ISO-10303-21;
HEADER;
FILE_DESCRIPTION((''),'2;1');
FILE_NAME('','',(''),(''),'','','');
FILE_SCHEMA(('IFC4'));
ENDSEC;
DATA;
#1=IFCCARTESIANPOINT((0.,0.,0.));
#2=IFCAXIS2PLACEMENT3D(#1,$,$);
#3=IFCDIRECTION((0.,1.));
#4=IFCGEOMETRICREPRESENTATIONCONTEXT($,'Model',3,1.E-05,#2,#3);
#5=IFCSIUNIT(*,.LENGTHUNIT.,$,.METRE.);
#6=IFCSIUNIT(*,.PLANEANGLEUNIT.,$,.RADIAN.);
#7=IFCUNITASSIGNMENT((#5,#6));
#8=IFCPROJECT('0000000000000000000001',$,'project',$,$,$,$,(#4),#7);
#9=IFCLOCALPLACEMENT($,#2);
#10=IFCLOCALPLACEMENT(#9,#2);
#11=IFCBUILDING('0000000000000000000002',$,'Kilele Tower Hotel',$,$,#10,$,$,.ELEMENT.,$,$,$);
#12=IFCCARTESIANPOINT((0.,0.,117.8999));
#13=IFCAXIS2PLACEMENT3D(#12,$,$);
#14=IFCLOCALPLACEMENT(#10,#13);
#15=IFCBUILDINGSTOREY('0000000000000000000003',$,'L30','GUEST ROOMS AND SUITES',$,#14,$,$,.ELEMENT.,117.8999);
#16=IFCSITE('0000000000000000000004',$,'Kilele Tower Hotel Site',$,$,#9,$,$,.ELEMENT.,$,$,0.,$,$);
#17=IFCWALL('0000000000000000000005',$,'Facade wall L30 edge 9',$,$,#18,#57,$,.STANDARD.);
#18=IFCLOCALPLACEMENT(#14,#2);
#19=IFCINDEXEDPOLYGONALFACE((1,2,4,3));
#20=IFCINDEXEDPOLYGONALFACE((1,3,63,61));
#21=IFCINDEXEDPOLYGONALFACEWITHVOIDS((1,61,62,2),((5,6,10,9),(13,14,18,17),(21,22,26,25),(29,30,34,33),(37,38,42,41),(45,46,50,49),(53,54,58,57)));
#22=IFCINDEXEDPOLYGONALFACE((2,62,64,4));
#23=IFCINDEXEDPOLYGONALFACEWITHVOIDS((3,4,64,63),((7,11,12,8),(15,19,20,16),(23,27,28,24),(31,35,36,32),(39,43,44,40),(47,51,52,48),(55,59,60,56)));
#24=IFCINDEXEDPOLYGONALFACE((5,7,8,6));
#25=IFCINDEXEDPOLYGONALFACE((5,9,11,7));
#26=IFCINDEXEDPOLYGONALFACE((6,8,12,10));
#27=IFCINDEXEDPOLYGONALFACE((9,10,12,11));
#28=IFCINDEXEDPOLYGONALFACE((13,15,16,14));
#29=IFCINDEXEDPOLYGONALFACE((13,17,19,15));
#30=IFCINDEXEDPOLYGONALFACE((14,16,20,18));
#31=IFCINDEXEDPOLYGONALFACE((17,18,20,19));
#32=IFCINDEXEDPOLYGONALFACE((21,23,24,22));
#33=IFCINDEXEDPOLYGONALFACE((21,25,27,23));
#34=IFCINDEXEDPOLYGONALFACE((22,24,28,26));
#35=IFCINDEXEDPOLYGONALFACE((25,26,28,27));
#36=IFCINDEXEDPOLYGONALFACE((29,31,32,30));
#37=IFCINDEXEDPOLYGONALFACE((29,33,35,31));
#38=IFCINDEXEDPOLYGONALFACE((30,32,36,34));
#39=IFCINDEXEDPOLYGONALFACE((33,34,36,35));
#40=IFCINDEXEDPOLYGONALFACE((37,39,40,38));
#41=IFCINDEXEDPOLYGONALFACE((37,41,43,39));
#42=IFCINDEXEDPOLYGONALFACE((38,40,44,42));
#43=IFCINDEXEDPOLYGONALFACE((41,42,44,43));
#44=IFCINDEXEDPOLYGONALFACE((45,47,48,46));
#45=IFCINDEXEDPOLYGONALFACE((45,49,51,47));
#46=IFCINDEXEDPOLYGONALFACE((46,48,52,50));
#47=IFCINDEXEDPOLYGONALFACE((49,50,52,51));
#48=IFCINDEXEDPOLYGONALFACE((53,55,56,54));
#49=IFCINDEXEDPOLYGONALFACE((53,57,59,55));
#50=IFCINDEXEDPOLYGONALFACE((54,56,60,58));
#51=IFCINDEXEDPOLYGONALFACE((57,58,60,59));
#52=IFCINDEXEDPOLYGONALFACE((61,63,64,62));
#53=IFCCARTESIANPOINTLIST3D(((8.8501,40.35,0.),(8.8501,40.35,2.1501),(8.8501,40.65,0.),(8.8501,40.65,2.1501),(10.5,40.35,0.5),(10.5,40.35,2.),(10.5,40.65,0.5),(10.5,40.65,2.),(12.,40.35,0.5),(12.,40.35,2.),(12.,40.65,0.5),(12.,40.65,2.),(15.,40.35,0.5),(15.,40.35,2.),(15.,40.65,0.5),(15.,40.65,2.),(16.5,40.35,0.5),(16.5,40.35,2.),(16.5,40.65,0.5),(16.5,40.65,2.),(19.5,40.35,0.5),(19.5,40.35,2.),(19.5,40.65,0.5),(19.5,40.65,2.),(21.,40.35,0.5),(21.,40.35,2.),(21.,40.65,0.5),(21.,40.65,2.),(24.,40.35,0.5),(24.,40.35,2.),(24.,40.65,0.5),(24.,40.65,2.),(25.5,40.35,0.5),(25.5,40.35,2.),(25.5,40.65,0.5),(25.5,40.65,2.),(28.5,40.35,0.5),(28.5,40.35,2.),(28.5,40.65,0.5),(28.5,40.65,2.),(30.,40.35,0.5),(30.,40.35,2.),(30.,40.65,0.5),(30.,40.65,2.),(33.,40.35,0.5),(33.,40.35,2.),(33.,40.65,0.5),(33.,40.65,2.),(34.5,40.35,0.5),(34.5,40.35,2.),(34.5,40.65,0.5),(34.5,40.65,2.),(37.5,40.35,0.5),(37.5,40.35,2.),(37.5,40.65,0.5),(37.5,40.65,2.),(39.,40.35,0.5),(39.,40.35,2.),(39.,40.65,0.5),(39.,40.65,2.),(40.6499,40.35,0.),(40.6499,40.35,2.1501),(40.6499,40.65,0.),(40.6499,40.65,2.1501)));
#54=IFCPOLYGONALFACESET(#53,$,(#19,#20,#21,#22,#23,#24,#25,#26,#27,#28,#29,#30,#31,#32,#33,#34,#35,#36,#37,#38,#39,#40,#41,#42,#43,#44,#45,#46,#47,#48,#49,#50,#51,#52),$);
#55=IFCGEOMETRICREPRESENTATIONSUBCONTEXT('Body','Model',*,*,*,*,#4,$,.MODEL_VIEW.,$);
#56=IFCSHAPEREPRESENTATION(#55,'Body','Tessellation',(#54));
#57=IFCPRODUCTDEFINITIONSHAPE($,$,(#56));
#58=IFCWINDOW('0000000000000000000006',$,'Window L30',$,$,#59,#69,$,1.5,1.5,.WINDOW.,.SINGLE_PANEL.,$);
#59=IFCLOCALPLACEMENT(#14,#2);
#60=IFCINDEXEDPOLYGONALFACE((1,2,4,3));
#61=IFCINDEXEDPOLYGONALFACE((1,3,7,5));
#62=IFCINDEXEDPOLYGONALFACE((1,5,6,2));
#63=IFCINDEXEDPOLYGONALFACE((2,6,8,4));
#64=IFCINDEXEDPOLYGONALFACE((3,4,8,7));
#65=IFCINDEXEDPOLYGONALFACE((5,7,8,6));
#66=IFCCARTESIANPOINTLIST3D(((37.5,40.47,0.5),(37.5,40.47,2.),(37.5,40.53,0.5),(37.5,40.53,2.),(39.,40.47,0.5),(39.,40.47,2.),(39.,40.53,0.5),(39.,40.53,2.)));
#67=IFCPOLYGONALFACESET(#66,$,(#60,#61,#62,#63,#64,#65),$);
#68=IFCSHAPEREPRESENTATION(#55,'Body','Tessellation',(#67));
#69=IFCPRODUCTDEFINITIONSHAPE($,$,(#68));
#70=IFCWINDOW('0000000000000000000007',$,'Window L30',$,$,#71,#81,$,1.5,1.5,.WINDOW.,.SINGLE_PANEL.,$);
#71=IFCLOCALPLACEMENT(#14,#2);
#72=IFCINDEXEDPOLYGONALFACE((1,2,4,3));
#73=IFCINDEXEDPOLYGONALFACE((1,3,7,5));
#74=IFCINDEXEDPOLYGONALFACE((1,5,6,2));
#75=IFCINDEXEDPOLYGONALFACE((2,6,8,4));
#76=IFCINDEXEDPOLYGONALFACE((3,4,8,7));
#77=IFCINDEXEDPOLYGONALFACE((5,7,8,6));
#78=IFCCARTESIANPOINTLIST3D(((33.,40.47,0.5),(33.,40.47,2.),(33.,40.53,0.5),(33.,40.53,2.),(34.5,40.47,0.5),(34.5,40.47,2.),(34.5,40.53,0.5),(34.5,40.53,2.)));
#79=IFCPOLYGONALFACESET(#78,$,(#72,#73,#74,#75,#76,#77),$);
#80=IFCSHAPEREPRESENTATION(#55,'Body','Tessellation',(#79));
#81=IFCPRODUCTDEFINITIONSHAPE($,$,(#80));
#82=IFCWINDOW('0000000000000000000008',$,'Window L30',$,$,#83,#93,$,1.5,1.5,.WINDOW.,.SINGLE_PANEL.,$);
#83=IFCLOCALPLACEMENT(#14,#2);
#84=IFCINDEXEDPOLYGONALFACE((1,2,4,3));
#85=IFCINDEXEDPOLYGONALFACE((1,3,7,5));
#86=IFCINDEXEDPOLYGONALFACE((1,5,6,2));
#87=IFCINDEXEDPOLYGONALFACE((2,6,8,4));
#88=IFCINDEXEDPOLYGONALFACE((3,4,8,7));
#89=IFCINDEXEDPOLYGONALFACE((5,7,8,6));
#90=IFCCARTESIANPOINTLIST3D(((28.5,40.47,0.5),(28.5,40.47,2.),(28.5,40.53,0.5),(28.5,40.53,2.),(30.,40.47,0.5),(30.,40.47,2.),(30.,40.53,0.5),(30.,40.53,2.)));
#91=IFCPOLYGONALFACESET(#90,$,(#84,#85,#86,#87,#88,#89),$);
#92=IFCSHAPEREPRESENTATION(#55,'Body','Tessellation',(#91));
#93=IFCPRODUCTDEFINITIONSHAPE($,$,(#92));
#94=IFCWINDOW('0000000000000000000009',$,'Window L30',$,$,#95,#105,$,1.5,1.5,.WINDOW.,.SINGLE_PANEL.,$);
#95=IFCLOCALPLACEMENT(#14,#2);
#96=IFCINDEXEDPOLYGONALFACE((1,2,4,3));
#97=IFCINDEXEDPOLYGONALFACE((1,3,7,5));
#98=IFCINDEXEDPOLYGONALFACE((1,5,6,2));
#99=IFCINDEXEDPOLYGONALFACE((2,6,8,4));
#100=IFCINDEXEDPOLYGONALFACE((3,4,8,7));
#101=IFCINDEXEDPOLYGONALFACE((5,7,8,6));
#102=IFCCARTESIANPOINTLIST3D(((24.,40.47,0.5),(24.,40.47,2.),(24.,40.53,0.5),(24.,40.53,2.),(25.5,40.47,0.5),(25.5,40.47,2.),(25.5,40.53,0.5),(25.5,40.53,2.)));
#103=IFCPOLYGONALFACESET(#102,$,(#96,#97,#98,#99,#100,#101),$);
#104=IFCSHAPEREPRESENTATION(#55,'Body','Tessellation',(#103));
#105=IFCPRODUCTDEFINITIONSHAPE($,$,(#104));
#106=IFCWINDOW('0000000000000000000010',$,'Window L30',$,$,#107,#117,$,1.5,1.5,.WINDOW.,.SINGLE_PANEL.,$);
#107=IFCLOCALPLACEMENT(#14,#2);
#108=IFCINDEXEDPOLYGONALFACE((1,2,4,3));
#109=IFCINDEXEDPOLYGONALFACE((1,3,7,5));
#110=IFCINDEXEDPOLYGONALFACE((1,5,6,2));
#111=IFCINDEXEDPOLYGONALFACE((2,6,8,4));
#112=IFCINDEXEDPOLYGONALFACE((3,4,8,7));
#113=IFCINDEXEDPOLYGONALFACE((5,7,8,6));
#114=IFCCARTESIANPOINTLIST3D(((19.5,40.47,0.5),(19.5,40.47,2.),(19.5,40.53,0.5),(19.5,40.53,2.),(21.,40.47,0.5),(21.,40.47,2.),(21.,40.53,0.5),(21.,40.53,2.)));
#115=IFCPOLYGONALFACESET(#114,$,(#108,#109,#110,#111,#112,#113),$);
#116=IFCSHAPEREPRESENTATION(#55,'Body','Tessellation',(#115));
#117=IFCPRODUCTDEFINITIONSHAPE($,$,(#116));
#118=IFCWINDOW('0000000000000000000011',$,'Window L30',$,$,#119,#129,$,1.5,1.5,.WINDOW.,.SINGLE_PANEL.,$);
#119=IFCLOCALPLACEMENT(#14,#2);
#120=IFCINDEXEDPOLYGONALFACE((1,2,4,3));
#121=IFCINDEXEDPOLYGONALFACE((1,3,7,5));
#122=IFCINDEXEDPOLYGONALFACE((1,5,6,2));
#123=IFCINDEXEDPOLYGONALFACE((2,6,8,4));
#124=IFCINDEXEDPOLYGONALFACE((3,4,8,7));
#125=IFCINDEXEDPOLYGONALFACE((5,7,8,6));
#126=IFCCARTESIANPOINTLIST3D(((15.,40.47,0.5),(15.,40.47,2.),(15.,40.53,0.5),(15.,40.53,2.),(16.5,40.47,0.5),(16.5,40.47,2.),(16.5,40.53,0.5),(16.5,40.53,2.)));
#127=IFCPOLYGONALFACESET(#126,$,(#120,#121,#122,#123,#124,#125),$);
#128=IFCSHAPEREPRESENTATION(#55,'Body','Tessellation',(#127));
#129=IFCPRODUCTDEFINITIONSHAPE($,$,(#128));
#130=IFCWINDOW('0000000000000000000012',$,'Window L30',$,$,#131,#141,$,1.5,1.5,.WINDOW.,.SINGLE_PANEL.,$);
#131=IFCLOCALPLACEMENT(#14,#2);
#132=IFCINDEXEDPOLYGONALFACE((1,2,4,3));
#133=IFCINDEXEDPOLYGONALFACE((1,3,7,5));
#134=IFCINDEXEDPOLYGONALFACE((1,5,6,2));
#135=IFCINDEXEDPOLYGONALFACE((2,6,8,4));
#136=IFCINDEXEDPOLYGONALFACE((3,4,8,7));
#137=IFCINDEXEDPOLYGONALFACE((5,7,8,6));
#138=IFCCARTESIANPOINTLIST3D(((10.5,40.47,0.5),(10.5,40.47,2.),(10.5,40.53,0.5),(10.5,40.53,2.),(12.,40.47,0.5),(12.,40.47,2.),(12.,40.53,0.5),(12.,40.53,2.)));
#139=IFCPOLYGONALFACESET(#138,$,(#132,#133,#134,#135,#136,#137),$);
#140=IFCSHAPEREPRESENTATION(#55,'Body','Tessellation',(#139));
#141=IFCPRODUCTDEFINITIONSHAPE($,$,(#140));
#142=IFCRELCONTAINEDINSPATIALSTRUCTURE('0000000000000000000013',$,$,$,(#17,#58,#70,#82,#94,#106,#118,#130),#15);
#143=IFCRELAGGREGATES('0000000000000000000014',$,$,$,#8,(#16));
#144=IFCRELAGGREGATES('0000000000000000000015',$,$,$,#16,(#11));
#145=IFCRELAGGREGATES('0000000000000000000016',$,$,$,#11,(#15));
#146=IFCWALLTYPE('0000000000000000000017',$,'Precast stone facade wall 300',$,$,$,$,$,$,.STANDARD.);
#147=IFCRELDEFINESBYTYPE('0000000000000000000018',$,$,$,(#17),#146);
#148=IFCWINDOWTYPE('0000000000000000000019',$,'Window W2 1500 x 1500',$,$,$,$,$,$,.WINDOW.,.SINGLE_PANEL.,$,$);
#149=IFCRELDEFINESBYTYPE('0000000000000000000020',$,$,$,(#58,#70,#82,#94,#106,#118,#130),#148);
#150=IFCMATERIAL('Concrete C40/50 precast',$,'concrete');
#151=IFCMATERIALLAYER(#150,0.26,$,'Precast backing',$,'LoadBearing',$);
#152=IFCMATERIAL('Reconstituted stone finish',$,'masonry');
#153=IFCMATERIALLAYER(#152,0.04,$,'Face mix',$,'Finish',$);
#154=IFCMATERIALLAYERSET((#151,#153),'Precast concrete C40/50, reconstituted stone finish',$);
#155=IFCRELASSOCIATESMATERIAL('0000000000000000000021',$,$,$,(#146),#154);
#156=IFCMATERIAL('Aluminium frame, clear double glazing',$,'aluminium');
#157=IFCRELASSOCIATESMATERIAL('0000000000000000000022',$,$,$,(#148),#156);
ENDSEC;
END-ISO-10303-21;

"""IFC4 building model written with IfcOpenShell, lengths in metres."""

from ifc_helpers import new_model, si_unit, direction, frame, frame_2d, origin, place, context, subcontext, project, spatial, rectangle, extrude, material, layer, layer_set, type_object, element, fill, save


model = new_model("IFC4")

# Units and contexts
model_context = context("Model", 3, precision=1e-05, world=origin(), true_north=direction((0.0, 1.0)))
body_context = subcontext(model_context, "Body", "Model", "MODEL_VIEW")
ifc_project = project(units=[si_unit("LENGTHUNIT", "METRE"), si_unit("PLANEANGLEUNIT", "RADIAN")], contexts=[model_context])

# Site, building, storey
site_placement = place(None, origin())
site = spatial("IfcSite", under=ifc_project, at=site_placement, Name="Kilele Tower Hotel Site", CompositionType="ELEMENT", RefElevation=0.0)
building_placement = place(site_placement, origin())
building = spatial("IfcBuilding", under=site, at=building_placement, Name="Kilele Tower Hotel", CompositionType="ELEMENT")
storey_placement = place(building_placement, frame((0.0, 0.0, 117.8999)))
storey = spatial("IfcBuildingStorey", under=building, at=storey_placement, Name="L30", Description="GUEST ROOMS AND SUITES", CompositionType="ELEMENT", Elevation=117.8999)

# Shared definitions
ifc_material_1 = material(Name="Concrete C40/50 precast", Category="concrete")
ifc_layer_1 = layer(ifc_material_1, 0.26, Name="Precast backing", Category="LoadBearing")
ifc_material_2 = material(Name="Reconstituted stone finish", Category="masonry")
ifc_layer_2 = layer(ifc_material_2, 0.04, Name="Face mix", Category="Finish")
ifc_layer_set_1 = layer_set([ifc_layer_1, ifc_layer_2], Name="Precast concrete C40/50, reconstituted stone finish")
wall_type_1 = type_object("IfcWallType", Name="Precast stone facade wall 300", PredefinedType="STANDARD", material=ifc_layer_set_1)
ifc_material_3 = material(Name="Aluminium frame, clear double glazing", Category="aluminium")
window_type_1 = type_object("IfcWindowType", Name="Window W2 1500 x 1500", PartitioningType="SINGLE_PANEL", PredefinedType="WINDOW", material=ifc_material_3)

# Wall, openings, windows
wall_1_placement = place(storey_placement, frame((40.6499, 40.5, 0.0), z_axis=(0.0, 0.0, 1.0), x_axis=(-1.0, 0.0, 0.0)))
wall_1 = element("IfcWall", 1, at=wall_1_placement, inside=storey, type_object=wall_type_1, Name="Facade wall L30 edge 9", PredefinedType="STANDARD", context=body_context, shape_type="SweptSolid", body=[
    extrude(rectangle(XDim=31.7998, YDim=0.3, at=frame_2d((15.8999, 0.0))), origin(), (0.0, 0.0, 1.0), 2.1501),
])
opening_1_placement = place(wall_1_placement, frame((1.6499, 0.0, 0.5)))
opening_1 = element("IfcOpeningElement", 2, at=opening_1_placement, cuts=wall_1, PredefinedType="OPENING", context=body_context, shape_type="SweptSolid", body=[
    extrude(rectangle(XDim=1.5, YDim=1.5, at=frame_2d((0.75, 0.75))), frame((0.0, 0.1599, 0.0), z_axis=(0.0, -1.0, 0.0), x_axis=(1.0, 0.0, 0.0)), (0.0, 0.0, 1.0), 0.3201),
])
opening_2_placement = place(wall_1_placement, frame((6.1499, 0.0, 0.5)))
opening_2 = element("IfcOpeningElement", 3, at=opening_2_placement, cuts=wall_1, PredefinedType="OPENING", context=body_context, shape_type="SweptSolid", body=[
    extrude(rectangle(XDim=1.5, YDim=1.5, at=frame_2d((0.75, 0.75))), frame((0.0, 0.1599, 0.0), z_axis=(0.0, -1.0, 0.0), x_axis=(1.0, 0.0, 0.0)), (0.0, 0.0, 1.0), 0.3201),
])
opening_3_placement = place(wall_1_placement, frame((10.6499, 0.0, 0.5)))
opening_3 = element("IfcOpeningElement", 4, at=opening_3_placement, cuts=wall_1, PredefinedType="OPENING", context=body_context, shape_type="SweptSolid", body=[
    extrude(rectangle(XDim=1.5, YDim=1.5, at=frame_2d((0.75, 0.75))), frame((0.0, 0.1599, 0.0), z_axis=(0.0, -1.0, 0.0), x_axis=(1.0, 0.0, 0.0)), (0.0, 0.0, 1.0), 0.3201),
])
opening_4_placement = place(wall_1_placement, frame((15.1499, 0.0, 0.5)))
opening_4 = element("IfcOpeningElement", 5, at=opening_4_placement, cuts=wall_1, PredefinedType="OPENING", context=body_context, shape_type="SweptSolid", body=[
    extrude(rectangle(XDim=1.5, YDim=1.5, at=frame_2d((0.75, 0.75))), frame((0.0, 0.1599, 0.0), z_axis=(0.0, -1.0, 0.0), x_axis=(1.0, 0.0, 0.0)), (0.0, 0.0, 1.0), 0.3201),
])
opening_5_placement = place(wall_1_placement, frame((19.6499, 0.0, 0.5)))
opening_5 = element("IfcOpeningElement", 6, at=opening_5_placement, cuts=wall_1, PredefinedType="OPENING", context=body_context, shape_type="SweptSolid", body=[
    extrude(rectangle(XDim=1.5, YDim=1.5, at=frame_2d((0.75, 0.75))), frame((0.0, 0.1599, 0.0), z_axis=(0.0, -1.0, 0.0), x_axis=(1.0, 0.0, 0.0)), (0.0, 0.0, 1.0), 0.3201),
])
opening_6_placement = place(wall_1_placement, frame((24.1499, 0.0, 0.5)))
opening_6 = element("IfcOpeningElement", 7, at=opening_6_placement, cuts=wall_1, PredefinedType="OPENING", context=body_context, shape_type="SweptSolid", body=[
    extrude(rectangle(XDim=1.5, YDim=1.5, at=frame_2d((0.75, 0.75))), frame((0.0, 0.1599, 0.0), z_axis=(0.0, -1.0, 0.0), x_axis=(1.0, 0.0, 0.0)), (0.0, 0.0, 1.0), 0.3201),
])
opening_7_placement = place(wall_1_placement, frame((28.6499, 0.0, 0.5)))
opening_7 = element("IfcOpeningElement", 8, at=opening_7_placement, cuts=wall_1, PredefinedType="OPENING", context=body_context, shape_type="SweptSolid", body=[
    extrude(rectangle(XDim=1.5, YDim=1.5, at=frame_2d((0.75, 0.75))), frame((0.0, 0.1599, 0.0), z_axis=(0.0, -1.0, 0.0), x_axis=(1.0, 0.0, 0.0)), (0.0, 0.0, 1.0), 0.3201),
])
window_1_placement = place(opening_1_placement, origin())
window_1 = element("IfcWindow", 9, at=window_1_placement, inside=storey, type_object=window_type_1, Name="Window L30", OverallHeight=1.5, OverallWidth=1.5, PartitioningType="SINGLE_PANEL", PredefinedType="WINDOW", context=body_context, shape_type="SweptSolid", body=[
    extrude(rectangle(XDim=1.5, YDim=1.5, at=frame_2d((0.75, 0.75))), frame((0.0, 0.03, 0.0), z_axis=(0.0, -1.0, 0.0), x_axis=(1.0, 0.0, 0.0)), (0.0, 0.0, 1.0), 0.0601),
])
fill(opening_1, window_1)
window_2_placement = place(opening_2_placement, origin())
window_2 = element("IfcWindow", 10, at=window_2_placement, inside=storey, type_object=window_type_1, Name="Window L30", OverallHeight=1.5, OverallWidth=1.5, PartitioningType="SINGLE_PANEL", PredefinedType="WINDOW", context=body_context, shape_type="SweptSolid", body=[
    extrude(rectangle(XDim=1.5, YDim=1.5, at=frame_2d((0.75, 0.75))), frame((0.0, 0.03, 0.0), z_axis=(0.0, -1.0, 0.0), x_axis=(1.0, 0.0, 0.0)), (0.0, 0.0, 1.0), 0.0601),
])
fill(opening_2, window_2)
window_3_placement = place(opening_3_placement, origin())
window_3 = element("IfcWindow", 11, at=window_3_placement, inside=storey, type_object=window_type_1, Name="Window L30", OverallHeight=1.5, OverallWidth=1.5, PartitioningType="SINGLE_PANEL", PredefinedType="WINDOW", context=body_context, shape_type="SweptSolid", body=[
    extrude(rectangle(XDim=1.5, YDim=1.5, at=frame_2d((0.75, 0.75))), frame((0.0, 0.03, 0.0), z_axis=(0.0, -1.0, 0.0), x_axis=(1.0, 0.0, 0.0)), (0.0, 0.0, 1.0), 0.0601),
])
fill(opening_3, window_3)
window_4_placement = place(opening_4_placement, origin())
window_4 = element("IfcWindow", 12, at=window_4_placement, inside=storey, type_object=window_type_1, Name="Window L30", OverallHeight=1.5, OverallWidth=1.5, PartitioningType="SINGLE_PANEL", PredefinedType="WINDOW", context=body_context, shape_type="SweptSolid", body=[
    extrude(rectangle(XDim=1.5, YDim=1.5, at=frame_2d((0.75, 0.75))), frame((0.0, 0.03, 0.0), z_axis=(0.0, -1.0, 0.0), x_axis=(1.0, 0.0, 0.0)), (0.0, 0.0, 1.0), 0.0601),
])
fill(opening_4, window_4)
window_5_placement = place(opening_5_placement, origin())
window_5 = element("IfcWindow", 13, at=window_5_placement, inside=storey, type_object=window_type_1, Name="Window L30", OverallHeight=1.5, OverallWidth=1.5, PartitioningType="SINGLE_PANEL", PredefinedType="WINDOW", context=body_context, shape_type="SweptSolid", body=[
    extrude(rectangle(XDim=1.5, YDim=1.5, at=frame_2d((0.75, 0.75))), frame((0.0, 0.03, 0.0), z_axis=(0.0, -1.0, 0.0), x_axis=(1.0, 0.0, 0.0)), (0.0, 0.0, 1.0), 0.0601),
])
fill(opening_5, window_5)
window_6_placement = place(opening_6_placement, origin())
window_6 = element("IfcWindow", 14, at=window_6_placement, inside=storey, type_object=window_type_1, Name="Window L30", OverallHeight=1.5, OverallWidth=1.5, PartitioningType="SINGLE_PANEL", PredefinedType="WINDOW", context=body_context, shape_type="SweptSolid", body=[
    extrude(rectangle(XDim=1.5, YDim=1.5, at=frame_2d((0.75, 0.75))), frame((0.0, 0.03, 0.0), z_axis=(0.0, -1.0, 0.0), x_axis=(1.0, 0.0, 0.0)), (0.0, 0.0, 1.0), 0.0601),
])
fill(opening_6, window_6)
window_7_placement = place(opening_7_placement, origin())
window_7 = element("IfcWindow", 15, at=window_7_placement, inside=storey, type_object=window_type_1, Name="Window L30", OverallHeight=1.5, OverallWidth=1.5, PartitioningType="SINGLE_PANEL", PredefinedType="WINDOW", context=body_context, shape_type="SweptSolid", body=[
    extrude(rectangle(XDim=1.5, YDim=1.5, at=frame_2d((0.75, 0.75))), frame((0.0, 0.03, 0.0), z_axis=(0.0, -1.0, 0.0), x_axis=(1.0, 0.0, 0.0)), (0.0, 0.0, 1.0), 0.0601),
])
fill(opening_7, window_7)

save(model, "model.ifc")
